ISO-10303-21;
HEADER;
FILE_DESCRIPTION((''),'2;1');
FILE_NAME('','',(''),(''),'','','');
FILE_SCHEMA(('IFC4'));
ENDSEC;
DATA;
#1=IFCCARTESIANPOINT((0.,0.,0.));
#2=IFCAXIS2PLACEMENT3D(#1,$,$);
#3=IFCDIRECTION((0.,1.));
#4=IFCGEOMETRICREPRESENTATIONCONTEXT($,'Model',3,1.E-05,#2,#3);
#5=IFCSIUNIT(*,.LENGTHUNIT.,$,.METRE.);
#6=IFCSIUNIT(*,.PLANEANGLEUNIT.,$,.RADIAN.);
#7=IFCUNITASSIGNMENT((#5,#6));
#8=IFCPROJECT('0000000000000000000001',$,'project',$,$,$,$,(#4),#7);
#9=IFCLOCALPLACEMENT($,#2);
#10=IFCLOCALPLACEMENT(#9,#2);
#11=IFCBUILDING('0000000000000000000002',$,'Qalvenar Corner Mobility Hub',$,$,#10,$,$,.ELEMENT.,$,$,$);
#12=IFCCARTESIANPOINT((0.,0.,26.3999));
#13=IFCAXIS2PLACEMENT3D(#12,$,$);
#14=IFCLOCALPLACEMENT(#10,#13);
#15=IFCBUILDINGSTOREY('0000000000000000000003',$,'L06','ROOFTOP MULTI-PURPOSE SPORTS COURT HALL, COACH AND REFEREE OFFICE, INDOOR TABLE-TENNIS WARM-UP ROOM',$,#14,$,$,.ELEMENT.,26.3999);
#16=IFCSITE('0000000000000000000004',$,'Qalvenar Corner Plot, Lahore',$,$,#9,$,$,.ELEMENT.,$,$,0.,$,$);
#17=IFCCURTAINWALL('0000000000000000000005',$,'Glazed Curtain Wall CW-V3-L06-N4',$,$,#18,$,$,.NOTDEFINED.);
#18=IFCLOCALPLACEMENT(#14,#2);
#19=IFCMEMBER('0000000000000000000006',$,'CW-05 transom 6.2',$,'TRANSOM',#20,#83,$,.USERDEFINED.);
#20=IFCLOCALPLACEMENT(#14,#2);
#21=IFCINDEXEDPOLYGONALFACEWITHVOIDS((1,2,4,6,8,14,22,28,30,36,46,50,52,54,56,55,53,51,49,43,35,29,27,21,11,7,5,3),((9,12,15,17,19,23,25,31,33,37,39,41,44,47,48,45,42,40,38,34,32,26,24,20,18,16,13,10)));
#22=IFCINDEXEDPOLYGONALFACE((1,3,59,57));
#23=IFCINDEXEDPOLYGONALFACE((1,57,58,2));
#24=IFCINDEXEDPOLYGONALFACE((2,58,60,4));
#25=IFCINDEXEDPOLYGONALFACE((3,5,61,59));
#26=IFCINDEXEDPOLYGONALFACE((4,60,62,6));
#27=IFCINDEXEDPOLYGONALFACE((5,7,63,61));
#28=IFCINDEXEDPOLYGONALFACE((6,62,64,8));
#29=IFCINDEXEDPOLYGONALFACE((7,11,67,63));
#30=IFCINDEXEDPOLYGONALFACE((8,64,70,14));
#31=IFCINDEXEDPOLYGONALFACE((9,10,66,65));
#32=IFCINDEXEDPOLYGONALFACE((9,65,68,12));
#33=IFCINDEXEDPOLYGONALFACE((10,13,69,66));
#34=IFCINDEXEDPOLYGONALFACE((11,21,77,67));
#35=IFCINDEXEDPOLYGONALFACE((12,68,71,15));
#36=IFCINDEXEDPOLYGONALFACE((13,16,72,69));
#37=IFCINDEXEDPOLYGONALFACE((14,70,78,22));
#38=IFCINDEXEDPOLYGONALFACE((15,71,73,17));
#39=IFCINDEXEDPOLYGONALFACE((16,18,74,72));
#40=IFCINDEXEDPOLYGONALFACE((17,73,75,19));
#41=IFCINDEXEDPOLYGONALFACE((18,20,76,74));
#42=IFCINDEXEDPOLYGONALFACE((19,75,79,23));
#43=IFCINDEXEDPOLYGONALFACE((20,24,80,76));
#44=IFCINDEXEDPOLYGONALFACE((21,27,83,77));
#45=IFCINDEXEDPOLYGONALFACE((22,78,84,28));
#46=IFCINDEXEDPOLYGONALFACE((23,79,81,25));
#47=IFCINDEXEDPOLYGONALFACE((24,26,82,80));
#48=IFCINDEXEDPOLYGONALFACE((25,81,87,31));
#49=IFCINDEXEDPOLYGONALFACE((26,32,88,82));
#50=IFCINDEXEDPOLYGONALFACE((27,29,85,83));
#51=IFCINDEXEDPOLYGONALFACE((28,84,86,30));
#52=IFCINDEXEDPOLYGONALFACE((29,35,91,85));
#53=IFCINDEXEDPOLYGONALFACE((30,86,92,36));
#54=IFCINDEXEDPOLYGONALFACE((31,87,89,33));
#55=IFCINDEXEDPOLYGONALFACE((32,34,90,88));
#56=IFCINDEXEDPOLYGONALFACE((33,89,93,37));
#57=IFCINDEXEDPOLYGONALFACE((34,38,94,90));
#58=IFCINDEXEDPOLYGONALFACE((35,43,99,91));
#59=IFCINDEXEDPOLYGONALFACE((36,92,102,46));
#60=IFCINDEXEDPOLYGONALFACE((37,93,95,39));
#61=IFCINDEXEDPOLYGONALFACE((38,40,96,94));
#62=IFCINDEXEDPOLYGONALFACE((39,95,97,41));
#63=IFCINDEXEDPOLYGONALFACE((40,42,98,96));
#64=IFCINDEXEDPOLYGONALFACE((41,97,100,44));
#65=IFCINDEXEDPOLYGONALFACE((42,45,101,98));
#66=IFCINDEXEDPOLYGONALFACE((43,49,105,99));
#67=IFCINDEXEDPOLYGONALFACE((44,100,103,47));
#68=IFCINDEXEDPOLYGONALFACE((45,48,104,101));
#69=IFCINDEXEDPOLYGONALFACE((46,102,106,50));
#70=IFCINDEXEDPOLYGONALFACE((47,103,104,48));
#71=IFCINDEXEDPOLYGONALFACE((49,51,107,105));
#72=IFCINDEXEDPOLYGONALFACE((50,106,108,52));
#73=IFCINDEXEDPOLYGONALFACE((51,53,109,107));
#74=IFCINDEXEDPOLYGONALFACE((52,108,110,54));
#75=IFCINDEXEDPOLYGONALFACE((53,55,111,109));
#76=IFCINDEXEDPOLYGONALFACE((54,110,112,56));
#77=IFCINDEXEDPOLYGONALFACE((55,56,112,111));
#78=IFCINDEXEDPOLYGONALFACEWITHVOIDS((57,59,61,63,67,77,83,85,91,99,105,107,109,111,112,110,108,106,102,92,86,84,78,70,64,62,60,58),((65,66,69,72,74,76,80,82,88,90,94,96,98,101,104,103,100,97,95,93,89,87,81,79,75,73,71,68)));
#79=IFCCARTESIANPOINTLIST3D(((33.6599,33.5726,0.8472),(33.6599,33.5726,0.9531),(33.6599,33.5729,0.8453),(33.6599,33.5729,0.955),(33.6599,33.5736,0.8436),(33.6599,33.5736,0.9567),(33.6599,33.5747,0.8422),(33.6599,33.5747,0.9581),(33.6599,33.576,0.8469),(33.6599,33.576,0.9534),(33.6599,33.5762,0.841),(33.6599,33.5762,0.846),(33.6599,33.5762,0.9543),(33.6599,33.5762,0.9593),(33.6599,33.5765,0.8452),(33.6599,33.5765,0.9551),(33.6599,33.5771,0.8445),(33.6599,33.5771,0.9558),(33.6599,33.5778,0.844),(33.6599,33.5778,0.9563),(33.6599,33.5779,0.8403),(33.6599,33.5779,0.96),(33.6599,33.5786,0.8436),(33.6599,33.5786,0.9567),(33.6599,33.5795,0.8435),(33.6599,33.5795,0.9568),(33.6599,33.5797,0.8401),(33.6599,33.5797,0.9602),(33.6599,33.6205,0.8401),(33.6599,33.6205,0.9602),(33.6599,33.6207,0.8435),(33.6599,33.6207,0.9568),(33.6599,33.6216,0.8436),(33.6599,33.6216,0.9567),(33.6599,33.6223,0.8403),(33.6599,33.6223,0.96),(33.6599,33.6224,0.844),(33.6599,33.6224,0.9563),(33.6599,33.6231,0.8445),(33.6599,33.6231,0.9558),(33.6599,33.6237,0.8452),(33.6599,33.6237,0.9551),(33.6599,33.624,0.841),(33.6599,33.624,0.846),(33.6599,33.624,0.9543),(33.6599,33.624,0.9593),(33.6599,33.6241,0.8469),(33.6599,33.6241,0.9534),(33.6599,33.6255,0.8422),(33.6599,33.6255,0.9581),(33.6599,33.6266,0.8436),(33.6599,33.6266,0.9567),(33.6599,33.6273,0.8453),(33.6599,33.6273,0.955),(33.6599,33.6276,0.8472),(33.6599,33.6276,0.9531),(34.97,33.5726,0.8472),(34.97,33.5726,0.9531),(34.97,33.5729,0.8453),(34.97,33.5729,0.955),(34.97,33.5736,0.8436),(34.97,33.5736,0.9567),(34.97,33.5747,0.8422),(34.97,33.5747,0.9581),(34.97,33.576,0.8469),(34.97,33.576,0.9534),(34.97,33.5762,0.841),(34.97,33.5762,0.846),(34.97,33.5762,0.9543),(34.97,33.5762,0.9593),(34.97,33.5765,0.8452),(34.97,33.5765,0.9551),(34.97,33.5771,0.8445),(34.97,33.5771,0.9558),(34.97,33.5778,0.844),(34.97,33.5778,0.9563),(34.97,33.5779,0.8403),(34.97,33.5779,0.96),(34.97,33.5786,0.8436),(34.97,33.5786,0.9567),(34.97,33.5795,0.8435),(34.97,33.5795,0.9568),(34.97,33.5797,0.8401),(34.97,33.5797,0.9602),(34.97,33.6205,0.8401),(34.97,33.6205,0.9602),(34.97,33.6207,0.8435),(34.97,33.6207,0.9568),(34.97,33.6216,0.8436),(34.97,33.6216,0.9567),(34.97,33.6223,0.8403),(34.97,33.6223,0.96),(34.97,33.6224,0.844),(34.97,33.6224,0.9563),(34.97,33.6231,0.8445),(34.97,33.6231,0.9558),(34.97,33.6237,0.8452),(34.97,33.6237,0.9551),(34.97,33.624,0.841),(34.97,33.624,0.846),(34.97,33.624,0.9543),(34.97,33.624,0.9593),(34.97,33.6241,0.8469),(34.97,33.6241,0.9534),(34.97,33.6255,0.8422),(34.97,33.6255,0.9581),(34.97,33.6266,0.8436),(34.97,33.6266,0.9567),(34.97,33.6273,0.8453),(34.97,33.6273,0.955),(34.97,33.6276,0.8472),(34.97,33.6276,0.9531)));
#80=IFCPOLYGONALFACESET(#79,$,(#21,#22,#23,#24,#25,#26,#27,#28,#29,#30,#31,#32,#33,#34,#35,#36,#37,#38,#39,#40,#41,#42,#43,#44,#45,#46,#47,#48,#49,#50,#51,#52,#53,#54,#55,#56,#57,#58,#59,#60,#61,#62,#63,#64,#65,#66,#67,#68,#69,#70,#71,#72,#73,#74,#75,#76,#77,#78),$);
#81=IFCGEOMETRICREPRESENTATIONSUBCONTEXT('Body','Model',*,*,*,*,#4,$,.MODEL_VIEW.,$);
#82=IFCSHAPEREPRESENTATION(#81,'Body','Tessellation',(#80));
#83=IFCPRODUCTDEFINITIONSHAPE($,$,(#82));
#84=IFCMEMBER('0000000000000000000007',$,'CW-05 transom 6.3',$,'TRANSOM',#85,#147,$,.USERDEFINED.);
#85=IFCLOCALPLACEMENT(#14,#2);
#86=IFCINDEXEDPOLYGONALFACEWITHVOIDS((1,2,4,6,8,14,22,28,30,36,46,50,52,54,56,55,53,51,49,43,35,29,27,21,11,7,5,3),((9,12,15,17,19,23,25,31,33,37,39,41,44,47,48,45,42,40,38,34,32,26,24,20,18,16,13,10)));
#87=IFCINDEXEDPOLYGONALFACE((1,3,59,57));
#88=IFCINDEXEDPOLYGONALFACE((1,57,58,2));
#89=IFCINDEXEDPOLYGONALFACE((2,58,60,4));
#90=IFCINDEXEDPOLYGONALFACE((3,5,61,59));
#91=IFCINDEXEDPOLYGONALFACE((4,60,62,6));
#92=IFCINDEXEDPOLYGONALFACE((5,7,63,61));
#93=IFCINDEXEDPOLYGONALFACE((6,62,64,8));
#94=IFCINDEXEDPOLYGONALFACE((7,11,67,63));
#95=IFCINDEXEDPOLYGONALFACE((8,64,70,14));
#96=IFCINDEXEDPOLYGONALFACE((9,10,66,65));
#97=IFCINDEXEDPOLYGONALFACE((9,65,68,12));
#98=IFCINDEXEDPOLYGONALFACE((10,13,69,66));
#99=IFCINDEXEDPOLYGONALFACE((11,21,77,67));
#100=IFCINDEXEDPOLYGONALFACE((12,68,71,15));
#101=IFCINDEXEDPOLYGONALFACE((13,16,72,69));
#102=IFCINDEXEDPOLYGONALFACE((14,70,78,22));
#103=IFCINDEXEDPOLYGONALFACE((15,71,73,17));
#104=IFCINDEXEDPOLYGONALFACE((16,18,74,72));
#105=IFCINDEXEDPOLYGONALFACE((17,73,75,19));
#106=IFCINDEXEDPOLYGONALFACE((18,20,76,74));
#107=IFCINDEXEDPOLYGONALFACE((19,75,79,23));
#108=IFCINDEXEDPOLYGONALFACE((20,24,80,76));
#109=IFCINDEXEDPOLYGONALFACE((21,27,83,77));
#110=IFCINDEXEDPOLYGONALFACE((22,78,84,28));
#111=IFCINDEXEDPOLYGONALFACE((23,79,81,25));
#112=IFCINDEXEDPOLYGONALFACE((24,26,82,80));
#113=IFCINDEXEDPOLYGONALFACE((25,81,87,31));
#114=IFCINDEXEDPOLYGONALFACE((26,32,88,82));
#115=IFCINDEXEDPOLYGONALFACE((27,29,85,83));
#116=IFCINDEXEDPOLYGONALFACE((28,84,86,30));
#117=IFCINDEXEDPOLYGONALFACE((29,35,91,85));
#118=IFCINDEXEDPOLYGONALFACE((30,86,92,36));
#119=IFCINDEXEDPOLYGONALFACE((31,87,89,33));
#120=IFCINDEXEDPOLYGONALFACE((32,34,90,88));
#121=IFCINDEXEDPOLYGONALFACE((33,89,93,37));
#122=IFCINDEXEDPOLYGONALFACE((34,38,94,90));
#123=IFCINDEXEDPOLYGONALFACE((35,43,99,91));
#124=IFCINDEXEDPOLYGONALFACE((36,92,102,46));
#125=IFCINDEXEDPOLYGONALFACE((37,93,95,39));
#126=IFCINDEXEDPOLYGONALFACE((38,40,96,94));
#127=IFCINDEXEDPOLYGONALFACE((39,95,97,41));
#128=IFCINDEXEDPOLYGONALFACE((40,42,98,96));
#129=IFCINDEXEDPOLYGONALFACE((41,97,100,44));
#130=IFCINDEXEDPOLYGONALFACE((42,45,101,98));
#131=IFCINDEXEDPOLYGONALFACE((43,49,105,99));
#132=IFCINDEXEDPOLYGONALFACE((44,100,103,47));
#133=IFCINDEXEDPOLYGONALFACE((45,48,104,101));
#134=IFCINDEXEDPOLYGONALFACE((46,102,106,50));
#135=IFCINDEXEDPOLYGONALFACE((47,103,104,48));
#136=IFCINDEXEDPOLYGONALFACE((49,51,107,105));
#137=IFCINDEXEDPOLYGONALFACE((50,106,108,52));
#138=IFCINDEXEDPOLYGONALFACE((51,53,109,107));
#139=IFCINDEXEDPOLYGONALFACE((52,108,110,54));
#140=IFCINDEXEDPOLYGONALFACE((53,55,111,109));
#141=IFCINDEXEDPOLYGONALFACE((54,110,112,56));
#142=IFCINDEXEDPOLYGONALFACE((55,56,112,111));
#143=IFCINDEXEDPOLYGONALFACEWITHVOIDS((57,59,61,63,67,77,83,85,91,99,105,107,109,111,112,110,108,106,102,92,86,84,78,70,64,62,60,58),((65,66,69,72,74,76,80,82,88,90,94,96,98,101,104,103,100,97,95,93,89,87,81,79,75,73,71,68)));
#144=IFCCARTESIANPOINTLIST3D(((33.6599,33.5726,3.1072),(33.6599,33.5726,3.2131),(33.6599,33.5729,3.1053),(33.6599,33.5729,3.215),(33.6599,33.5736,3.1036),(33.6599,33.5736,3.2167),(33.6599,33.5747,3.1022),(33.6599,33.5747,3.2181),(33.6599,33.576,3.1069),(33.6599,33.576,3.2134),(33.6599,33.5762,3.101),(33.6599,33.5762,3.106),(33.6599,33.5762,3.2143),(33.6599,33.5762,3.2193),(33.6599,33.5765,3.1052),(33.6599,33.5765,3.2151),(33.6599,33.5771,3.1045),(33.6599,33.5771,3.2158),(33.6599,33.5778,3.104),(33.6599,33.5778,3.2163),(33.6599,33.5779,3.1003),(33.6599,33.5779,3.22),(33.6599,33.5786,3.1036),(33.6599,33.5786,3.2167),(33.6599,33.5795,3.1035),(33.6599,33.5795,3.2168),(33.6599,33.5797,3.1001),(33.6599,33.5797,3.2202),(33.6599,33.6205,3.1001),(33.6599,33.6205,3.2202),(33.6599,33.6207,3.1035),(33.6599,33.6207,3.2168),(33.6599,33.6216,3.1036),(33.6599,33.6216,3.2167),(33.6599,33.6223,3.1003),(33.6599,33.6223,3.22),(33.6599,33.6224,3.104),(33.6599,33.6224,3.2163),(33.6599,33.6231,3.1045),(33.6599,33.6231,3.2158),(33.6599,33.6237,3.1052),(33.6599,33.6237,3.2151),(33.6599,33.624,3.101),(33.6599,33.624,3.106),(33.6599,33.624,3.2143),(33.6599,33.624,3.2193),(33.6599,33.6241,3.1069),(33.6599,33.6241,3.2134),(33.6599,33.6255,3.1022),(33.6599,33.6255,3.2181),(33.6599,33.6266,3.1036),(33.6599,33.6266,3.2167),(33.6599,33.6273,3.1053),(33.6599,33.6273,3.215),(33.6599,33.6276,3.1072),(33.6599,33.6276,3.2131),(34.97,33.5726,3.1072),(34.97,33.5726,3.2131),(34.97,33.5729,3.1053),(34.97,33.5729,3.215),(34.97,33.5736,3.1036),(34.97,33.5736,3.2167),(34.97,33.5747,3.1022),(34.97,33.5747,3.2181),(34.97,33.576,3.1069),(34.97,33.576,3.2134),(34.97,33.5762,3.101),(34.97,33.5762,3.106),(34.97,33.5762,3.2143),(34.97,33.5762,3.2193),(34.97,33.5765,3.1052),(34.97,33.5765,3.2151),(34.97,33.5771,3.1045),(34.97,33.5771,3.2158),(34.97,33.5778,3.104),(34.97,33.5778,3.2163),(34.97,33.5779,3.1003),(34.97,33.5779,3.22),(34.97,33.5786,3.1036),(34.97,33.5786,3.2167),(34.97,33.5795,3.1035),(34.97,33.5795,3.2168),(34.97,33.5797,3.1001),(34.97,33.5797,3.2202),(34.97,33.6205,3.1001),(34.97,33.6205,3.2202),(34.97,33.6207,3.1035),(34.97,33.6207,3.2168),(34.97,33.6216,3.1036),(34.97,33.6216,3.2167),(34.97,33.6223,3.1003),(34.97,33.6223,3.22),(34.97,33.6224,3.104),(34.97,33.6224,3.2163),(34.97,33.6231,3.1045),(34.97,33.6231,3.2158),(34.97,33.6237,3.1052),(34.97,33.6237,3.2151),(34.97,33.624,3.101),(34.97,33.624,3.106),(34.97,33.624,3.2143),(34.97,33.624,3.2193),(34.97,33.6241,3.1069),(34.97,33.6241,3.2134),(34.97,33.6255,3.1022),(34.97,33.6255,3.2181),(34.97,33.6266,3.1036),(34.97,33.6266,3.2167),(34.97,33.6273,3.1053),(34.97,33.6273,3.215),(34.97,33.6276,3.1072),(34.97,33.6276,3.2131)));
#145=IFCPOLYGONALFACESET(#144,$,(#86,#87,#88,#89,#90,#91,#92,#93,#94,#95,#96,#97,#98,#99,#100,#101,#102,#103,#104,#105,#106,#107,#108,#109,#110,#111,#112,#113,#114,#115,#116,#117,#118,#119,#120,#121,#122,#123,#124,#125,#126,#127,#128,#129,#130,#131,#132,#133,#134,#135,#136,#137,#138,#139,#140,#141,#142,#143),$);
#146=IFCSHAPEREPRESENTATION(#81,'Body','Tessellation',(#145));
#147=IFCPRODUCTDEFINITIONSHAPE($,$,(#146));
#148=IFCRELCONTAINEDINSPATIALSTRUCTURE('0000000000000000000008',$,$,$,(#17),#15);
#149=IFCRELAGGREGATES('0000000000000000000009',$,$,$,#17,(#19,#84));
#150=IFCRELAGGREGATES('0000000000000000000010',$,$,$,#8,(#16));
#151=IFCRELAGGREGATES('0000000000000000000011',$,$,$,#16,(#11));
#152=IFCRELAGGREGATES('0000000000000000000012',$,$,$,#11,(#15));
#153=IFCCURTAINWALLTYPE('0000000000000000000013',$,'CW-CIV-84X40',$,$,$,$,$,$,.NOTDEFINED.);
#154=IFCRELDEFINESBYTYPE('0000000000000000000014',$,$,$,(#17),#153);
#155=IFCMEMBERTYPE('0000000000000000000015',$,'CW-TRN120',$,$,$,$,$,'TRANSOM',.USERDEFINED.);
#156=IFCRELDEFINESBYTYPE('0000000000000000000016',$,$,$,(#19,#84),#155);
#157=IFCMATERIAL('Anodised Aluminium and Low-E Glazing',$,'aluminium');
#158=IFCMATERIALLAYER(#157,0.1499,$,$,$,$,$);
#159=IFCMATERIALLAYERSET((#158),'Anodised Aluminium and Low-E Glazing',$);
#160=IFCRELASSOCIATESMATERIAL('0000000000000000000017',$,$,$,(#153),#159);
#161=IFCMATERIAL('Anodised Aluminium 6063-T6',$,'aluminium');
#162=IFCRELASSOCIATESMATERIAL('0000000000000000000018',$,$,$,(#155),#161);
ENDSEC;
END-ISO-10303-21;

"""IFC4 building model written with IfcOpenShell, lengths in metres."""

from ifc_helpers import new_model, si_unit, direction, frame, origin, origin_2d, place, context, subcontext, project, spatial, hollow_rectangle, extrude, material, layer, layer_set, material_profile, profile_set, type_object, element, aggregate, save


model = new_model("IFC4")

# Units and contexts
model_context = context("Model", 3, precision=1e-05, world=origin(), true_north=direction((0.0, 1.0)))
body_context = subcontext(model_context, "Body", "Model", "MODEL_VIEW")
ifc_project = project(units=[si_unit("LENGTHUNIT", "METRE"), si_unit("PLANEANGLEUNIT", "RADIAN")], contexts=[model_context])

# Site, building, storey
site_placement = place(None, origin())
site = spatial("IfcSite", under=ifc_project, at=site_placement, Name="Qalvenar Corner Plot, Lahore", CompositionType="ELEMENT", RefElevation=0.0)
building_placement = place(site_placement, origin())
building = spatial("IfcBuilding", under=site, at=building_placement, Name="Qalvenar Corner Mobility Hub", CompositionType="ELEMENT")
storey_placement = place(building_placement, frame((0.0, 0.0, 26.3999)))
storey = spatial("IfcBuildingStorey", under=building, at=storey_placement, Name="L06", Description="ROOFTOP MULTI-PURPOSE SPORTS COURT HALL, COACH AND REFEREE OFFICE, INDOOR TABLE-TENNIS WARM-UP ROOM", CompositionType="ELEMENT", Elevation=26.3999)

# Curtain wall
ifc_material_1 = material(Name="Anodised Aluminium and Low-E Glazing", Category="aluminium")
ifc_material_2 = material(Name="Anodised Aluminium 6063-T6", Category="aluminium")
ifc_layer_1 = layer(ifc_material_1, 0.1499)
ifc_layer_set_1 = layer_set([ifc_layer_1], Name="Anodised Aluminium and Low-E Glazing")
curtain_wall_type_1 = type_object("IfcCurtainWallType", Name="CW-CIV-84X40", PredefinedType="NOTDEFINED", material=ifc_layer_set_1)
curtain_wall_1_placement = place(storey_placement, origin())
curtain_wall_1 = element("IfcCurtainWall", 1, at=curtain_wall_1_placement, inside=storey, type_object=curtain_wall_type_1, Name="Glazed Curtain Wall CW-V3-L06-N4", PredefinedType="NOTDEFINED")

# Members
ifc_material_profile_1 = material_profile(ifc_material_2, hollow_rectangle(XDim=0.0549, YDim=0.1201, WallThickness=0.0034, InnerFilletRadius=0.0034, OuterFilletRadius=0.0071, at=origin_2d()), Name="RHS120x55x3.5")
ifc_profile_set_1 = profile_set([ifc_material_profile_1], Name="Anodised Aluminium 6063-T6")
member_type_1 = type_object("IfcMemberType", Name="CW-TRN120", ElementType="TRANSOM", PredefinedType="USERDEFINED", material=ifc_profile_set_1)
member_1_placement = place(storey_placement, frame((34.97, 33.6001, 0.9001), z_axis=(-1.0, 0.0, 0.0), x_axis=(0.0, -1.0, 0.0)))
member_1 = element("IfcMember", 2, at=member_1_placement, type_object=member_type_1, Name="CW-05 transom 6.2", ObjectType="TRANSOM", PredefinedType="USERDEFINED", context=body_context, shape_type="SweptSolid", body=[
    extrude(hollow_rectangle(XDim=0.0549, YDim=0.1201, WallThickness=0.0034, InnerFilletRadius=0.0034, OuterFilletRadius=0.0071, at=origin_2d()), origin(), (0.0, 0.0, 1.0), 1.3101),
])
member_2_placement = place(storey_placement, frame((34.97, 33.6001, 3.1602), z_axis=(-1.0, 0.0, 0.0), x_axis=(0.0, -1.0, 0.0)))
member_2 = element("IfcMember", 3, at=member_2_placement, type_object=member_type_1, Name="CW-05 transom 6.3", ObjectType="TRANSOM", PredefinedType="USERDEFINED", context=body_context, shape_type="SweptSolid", body=[
    extrude(hollow_rectangle(XDim=0.0549, YDim=0.1201, WallThickness=0.0034, InnerFilletRadius=0.0034, OuterFilletRadius=0.0071, at=origin_2d()), origin(), (0.0, 0.0, 1.0), 1.3101),
])

aggregate(curtain_wall_1, [member_1, member_2])

save(model, "model.ifc")
